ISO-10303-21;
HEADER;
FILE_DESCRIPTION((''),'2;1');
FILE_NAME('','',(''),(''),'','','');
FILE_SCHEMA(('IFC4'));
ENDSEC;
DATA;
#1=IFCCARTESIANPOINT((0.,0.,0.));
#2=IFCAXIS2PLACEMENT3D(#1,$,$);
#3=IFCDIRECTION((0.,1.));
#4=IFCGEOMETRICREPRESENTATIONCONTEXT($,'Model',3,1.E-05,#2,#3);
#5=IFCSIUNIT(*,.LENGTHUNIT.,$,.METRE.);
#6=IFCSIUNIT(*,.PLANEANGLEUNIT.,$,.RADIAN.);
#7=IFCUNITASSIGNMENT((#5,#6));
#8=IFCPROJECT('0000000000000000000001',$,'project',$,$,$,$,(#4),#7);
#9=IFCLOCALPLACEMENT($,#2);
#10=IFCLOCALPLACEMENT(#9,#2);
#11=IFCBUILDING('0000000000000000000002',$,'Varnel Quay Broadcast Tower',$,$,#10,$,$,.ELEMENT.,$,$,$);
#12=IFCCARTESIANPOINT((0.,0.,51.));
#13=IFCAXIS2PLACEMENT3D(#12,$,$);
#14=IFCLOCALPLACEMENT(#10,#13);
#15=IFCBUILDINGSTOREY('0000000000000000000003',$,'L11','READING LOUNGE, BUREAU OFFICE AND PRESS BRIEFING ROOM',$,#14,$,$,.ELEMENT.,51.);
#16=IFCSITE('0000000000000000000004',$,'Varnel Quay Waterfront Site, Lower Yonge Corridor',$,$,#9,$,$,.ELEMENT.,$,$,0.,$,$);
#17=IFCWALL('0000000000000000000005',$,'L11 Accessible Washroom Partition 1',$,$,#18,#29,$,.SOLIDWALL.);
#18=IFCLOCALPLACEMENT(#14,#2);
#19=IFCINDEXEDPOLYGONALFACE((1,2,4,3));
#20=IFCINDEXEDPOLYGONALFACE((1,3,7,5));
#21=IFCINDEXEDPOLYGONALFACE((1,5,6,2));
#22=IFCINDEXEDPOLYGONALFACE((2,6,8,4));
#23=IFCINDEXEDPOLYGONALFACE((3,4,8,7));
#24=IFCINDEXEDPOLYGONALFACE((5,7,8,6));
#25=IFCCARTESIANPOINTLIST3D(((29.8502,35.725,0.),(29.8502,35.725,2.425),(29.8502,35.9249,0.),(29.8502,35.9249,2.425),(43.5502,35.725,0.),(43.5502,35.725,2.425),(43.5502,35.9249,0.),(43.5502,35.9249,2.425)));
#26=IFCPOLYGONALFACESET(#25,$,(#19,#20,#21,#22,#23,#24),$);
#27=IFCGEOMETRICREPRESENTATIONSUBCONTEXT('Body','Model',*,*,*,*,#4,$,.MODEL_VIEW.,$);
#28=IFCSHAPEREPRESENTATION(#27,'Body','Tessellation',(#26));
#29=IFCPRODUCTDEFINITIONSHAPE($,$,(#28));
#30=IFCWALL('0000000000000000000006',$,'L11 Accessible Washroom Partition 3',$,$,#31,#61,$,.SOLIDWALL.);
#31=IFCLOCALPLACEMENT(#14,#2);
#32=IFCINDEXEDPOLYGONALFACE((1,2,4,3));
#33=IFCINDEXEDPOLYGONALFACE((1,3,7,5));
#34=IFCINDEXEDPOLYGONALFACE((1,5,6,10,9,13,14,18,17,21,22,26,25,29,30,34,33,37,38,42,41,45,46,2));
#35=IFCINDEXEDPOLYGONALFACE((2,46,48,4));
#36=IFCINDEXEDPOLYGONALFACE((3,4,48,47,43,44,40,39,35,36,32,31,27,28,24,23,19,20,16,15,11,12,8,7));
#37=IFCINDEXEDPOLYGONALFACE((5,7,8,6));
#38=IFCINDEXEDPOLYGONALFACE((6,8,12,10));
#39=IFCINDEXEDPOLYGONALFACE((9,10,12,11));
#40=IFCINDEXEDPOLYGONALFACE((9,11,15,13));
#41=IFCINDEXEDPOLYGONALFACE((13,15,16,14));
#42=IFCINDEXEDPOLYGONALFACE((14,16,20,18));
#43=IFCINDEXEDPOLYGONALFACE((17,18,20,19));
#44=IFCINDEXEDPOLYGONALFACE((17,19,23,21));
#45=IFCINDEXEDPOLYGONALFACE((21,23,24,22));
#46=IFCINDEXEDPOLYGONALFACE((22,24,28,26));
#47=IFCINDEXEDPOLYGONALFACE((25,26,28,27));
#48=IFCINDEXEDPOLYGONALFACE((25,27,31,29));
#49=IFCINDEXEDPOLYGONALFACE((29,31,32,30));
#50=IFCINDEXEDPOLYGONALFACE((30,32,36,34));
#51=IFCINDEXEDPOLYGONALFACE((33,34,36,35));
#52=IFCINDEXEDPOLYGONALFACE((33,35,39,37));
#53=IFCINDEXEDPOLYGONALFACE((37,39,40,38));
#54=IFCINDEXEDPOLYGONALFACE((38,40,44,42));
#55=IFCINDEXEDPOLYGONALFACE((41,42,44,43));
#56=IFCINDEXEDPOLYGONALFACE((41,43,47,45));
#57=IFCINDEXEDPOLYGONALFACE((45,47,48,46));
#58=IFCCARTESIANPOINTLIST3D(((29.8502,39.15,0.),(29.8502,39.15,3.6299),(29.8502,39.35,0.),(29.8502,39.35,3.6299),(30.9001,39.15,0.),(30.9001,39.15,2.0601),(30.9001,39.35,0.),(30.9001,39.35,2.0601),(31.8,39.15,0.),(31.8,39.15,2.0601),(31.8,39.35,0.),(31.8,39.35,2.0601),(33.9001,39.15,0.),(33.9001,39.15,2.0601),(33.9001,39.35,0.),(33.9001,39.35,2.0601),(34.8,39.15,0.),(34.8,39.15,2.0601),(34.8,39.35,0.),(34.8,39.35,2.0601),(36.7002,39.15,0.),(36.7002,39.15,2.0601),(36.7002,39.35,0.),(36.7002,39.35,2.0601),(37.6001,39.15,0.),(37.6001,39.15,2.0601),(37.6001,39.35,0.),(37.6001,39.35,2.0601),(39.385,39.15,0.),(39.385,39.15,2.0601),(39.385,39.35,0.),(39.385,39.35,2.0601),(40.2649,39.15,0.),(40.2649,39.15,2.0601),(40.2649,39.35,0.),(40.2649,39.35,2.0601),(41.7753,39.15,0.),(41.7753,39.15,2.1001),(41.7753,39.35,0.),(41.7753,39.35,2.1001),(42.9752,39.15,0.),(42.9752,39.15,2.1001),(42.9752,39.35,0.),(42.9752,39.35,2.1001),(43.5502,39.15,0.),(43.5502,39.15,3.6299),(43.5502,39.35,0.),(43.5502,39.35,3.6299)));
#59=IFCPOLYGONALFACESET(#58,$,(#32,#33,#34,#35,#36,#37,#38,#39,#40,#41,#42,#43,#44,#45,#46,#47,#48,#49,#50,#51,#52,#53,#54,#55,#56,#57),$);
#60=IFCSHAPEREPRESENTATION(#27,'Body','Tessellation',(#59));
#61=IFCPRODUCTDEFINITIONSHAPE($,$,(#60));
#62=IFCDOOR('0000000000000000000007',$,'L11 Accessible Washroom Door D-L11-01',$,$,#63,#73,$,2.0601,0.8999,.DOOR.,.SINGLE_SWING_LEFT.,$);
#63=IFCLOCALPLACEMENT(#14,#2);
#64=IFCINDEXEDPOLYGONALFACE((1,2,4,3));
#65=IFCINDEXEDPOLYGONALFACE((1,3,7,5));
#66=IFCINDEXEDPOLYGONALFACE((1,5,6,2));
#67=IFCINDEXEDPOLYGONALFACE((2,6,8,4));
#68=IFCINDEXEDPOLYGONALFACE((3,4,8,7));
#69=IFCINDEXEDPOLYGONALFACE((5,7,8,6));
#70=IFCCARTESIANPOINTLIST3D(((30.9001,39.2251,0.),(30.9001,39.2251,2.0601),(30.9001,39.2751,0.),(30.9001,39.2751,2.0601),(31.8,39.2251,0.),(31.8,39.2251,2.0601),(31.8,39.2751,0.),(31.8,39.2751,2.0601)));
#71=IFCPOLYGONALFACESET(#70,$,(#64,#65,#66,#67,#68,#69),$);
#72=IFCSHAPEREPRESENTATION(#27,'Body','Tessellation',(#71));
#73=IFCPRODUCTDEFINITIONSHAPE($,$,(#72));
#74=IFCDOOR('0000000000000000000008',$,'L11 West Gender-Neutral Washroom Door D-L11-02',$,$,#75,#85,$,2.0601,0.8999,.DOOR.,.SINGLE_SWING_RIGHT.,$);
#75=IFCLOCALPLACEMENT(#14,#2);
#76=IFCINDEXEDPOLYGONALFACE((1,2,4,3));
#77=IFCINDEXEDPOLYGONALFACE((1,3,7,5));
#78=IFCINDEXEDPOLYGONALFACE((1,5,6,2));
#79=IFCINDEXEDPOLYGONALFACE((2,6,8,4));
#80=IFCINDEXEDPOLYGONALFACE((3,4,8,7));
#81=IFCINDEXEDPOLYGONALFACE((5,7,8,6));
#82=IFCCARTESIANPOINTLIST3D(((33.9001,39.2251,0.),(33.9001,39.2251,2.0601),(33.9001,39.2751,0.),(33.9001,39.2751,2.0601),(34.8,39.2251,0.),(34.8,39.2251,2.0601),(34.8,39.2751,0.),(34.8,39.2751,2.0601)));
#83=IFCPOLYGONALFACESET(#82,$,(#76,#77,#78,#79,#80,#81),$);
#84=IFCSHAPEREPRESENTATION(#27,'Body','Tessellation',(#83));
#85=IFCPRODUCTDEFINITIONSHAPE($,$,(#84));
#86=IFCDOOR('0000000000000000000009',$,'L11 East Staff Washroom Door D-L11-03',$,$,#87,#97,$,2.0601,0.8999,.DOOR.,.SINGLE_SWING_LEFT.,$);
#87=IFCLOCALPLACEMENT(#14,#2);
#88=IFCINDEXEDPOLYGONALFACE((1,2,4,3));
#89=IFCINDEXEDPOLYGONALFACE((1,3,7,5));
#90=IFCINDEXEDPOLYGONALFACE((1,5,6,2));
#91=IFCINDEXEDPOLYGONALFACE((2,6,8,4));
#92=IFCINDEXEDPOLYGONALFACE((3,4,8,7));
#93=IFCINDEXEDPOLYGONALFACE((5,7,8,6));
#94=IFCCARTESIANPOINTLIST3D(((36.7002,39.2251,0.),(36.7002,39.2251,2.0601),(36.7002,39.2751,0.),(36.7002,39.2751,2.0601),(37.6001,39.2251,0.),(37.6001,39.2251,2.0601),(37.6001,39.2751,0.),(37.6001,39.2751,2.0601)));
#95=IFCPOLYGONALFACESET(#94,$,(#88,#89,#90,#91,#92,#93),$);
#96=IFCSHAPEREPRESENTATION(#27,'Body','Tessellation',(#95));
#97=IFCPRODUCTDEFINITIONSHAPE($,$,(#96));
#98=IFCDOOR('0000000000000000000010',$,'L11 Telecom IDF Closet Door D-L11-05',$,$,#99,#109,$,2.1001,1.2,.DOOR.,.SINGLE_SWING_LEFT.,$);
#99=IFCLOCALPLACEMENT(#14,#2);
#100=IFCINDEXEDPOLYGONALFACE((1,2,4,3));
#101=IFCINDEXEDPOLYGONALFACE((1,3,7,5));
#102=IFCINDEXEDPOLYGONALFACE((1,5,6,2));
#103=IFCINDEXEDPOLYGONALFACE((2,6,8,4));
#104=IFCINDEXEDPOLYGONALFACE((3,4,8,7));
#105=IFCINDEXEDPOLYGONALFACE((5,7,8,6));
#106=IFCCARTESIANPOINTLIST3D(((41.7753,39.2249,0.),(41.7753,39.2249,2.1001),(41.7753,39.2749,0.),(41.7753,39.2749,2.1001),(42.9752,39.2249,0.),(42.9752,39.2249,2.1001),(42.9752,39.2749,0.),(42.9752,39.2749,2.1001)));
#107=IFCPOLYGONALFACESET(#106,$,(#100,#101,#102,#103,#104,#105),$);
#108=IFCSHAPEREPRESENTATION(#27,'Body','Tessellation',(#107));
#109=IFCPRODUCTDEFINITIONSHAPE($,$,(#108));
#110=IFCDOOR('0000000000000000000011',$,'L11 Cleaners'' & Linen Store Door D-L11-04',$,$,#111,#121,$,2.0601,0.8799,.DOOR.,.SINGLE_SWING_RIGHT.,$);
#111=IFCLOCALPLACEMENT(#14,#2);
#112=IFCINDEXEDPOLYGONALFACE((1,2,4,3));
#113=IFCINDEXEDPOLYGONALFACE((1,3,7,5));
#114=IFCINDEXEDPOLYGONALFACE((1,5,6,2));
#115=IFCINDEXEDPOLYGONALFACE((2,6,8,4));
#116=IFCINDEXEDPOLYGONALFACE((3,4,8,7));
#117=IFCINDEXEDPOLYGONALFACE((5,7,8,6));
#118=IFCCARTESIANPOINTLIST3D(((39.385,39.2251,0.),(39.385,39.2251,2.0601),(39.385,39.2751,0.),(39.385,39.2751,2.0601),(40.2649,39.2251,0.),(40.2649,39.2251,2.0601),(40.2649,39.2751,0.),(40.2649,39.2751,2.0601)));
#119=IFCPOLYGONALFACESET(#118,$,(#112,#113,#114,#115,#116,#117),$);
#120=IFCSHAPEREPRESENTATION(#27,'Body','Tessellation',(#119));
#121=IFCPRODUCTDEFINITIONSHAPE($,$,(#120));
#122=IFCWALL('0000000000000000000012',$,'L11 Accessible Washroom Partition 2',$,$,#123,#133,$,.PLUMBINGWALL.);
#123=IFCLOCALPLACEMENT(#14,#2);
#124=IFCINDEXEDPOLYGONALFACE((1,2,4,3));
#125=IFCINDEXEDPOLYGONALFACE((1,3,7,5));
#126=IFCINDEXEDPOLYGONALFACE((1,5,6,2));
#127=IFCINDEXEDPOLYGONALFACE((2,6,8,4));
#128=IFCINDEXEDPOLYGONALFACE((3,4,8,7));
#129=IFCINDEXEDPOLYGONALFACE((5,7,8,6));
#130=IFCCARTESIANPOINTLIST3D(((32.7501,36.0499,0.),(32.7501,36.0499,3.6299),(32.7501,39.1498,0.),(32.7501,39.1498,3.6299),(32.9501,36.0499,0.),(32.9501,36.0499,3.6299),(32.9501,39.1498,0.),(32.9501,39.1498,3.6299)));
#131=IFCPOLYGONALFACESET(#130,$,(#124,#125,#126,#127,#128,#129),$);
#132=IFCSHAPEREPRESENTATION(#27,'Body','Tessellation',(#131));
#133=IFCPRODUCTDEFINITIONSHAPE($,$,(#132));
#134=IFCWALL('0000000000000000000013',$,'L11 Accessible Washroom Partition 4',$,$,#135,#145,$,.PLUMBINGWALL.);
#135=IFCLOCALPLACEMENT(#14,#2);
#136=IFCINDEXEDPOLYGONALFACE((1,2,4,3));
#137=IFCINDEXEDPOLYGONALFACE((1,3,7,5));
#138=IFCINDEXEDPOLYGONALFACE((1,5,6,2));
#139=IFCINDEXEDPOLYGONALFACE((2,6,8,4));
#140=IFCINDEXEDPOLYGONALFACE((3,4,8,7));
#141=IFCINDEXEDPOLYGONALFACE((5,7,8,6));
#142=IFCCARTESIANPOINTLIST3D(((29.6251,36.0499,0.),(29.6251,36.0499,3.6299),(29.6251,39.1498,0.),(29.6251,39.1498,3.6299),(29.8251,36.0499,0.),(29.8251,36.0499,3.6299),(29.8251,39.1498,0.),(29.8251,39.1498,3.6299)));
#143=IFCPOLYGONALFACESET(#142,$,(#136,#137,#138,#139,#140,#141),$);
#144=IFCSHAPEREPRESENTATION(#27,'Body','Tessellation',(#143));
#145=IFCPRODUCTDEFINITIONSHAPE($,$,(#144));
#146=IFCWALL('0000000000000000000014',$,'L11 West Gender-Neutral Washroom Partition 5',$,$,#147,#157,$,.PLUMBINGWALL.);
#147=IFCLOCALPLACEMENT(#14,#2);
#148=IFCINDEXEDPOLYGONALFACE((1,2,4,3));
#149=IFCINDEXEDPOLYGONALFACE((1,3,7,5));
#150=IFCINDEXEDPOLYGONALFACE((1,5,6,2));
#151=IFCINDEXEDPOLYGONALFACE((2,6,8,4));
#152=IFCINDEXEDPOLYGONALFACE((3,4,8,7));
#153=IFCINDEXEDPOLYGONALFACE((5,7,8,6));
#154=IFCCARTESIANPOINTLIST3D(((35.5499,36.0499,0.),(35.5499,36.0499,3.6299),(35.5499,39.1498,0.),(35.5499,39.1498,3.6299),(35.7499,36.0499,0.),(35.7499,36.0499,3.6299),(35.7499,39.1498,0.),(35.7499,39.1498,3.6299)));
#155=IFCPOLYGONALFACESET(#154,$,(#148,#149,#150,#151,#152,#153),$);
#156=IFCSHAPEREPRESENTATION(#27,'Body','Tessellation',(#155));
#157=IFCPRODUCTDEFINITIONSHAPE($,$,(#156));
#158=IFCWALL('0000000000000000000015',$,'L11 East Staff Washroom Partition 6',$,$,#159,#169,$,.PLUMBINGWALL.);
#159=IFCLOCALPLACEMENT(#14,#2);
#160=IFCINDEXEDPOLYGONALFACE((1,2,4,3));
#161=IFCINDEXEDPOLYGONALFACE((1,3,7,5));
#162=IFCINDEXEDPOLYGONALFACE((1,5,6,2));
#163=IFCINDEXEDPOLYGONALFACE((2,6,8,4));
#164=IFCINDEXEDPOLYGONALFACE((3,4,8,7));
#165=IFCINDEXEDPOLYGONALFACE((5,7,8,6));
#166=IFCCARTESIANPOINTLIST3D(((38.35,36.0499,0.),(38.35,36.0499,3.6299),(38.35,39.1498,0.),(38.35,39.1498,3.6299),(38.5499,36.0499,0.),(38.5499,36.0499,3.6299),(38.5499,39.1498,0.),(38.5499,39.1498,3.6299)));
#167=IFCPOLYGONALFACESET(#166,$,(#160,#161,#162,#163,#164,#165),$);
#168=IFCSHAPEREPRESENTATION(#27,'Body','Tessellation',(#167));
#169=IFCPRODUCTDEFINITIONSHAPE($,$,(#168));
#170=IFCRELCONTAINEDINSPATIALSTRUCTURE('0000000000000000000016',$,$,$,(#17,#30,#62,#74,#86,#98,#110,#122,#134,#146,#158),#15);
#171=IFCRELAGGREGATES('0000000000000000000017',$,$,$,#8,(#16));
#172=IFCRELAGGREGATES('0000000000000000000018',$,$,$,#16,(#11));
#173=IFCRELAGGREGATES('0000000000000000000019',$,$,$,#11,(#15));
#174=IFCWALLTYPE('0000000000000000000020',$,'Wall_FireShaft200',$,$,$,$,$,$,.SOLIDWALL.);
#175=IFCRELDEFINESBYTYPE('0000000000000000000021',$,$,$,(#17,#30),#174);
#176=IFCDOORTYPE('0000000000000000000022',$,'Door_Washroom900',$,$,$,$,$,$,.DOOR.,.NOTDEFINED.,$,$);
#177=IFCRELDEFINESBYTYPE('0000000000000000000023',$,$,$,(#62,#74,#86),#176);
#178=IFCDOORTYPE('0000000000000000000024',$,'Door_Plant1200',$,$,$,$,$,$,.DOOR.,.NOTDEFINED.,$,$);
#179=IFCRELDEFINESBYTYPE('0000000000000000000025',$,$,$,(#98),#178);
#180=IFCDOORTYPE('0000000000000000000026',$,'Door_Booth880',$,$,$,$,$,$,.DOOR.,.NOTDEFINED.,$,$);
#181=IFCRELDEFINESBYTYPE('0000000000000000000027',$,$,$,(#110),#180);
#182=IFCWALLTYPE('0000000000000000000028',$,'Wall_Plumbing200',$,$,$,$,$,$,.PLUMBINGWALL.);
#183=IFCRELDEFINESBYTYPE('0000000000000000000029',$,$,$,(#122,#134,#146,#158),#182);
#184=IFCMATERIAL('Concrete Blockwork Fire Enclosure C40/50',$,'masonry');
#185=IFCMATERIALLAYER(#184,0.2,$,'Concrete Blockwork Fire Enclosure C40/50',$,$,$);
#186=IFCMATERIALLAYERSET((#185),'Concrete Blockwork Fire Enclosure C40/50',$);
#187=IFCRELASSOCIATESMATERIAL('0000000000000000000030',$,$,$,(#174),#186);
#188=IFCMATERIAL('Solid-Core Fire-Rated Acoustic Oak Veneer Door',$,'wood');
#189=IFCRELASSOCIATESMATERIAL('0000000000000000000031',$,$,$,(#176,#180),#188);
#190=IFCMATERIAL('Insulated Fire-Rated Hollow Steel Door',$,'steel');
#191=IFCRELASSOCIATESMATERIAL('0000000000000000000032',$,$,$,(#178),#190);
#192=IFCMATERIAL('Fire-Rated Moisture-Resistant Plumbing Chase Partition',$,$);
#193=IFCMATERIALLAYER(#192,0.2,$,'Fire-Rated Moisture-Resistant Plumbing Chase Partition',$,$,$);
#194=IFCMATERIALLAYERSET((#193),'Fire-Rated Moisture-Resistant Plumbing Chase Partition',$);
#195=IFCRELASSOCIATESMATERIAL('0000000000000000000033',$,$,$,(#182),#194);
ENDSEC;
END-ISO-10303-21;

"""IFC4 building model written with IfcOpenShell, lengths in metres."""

from ifc_helpers import new_model, si_unit, direction, frame, frame_2d, origin, place, context, subcontext, project, spatial, rectangle, extrude, source, transform, mapped, material, layer, layer_set, type_object, type_shapes, element, fill, save


model = new_model("IFC4")

# Units and contexts
model_context = context("Model", 3, precision=1e-05, world=origin(), true_north=direction((0.0, 1.0)))
body_context = subcontext(model_context, "Body", "Model", "MODEL_VIEW")
ifc_project = project(units=[si_unit("LENGTHUNIT", "METRE"), si_unit("PLANEANGLEUNIT", "RADIAN")], contexts=[model_context])

# Site, building, storey
site_placement = place(None, origin())
site = spatial("IfcSite", under=ifc_project, at=site_placement, Name="Varnel Quay Waterfront Site, Lower Yonge Corridor", CompositionType="ELEMENT", RefElevation=0.0)
building_placement = place(site_placement, origin())
building = spatial("IfcBuilding", under=site, at=building_placement, Name="Varnel Quay Broadcast Tower", CompositionType="ELEMENT")
storey_placement = place(building_placement, frame((0.0, 0.0, 51.0)))
storey = spatial("IfcBuildingStorey", under=building, at=storey_placement, Name="L11", Description="READING LOUNGE, BUREAU OFFICE AND PRESS BRIEFING ROOM", CompositionType="ELEMENT", Elevation=51.0)

# Wall
ifc_material_1 = material(Name="Concrete Blockwork Fire Enclosure C40/50", Category="masonry")
ifc_layer_1 = layer(ifc_material_1, 0.2, Name="Concrete Blockwork Fire Enclosure C40/50")
ifc_layer_set_1 = layer_set([ifc_layer_1], Name="Concrete Blockwork Fire Enclosure C40/50")
wall_type_1 = type_object("IfcWallType", Name="Wall_FireShaft200", PredefinedType="SOLIDWALL", material=ifc_layer_set_1)
wall_1_placement = place(storey_placement, frame((29.8501, 35.825, 0.0), z_axis=(0.0, 0.0, 1.0), x_axis=(1.0, 0.0, 0.0)))
element("IfcWall", 1, at=wall_1_placement, inside=storey, type_object=wall_type_1, Name="L11 Accessible Washroom Partition 1", PredefinedType="SOLIDWALL", context=body_context, shape_type="SweptSolid", body=[
    extrude(rectangle(XDim=13.7, YDim=0.2, at=frame_2d((6.8501, 0.0))), origin(), (0.0, 0.0, 1.0), 2.425),
])

# Wall, openings, doors
wall_2_placement = place(storey_placement, frame((29.8501, 39.25, 0.0), z_axis=(0.0, 0.0, 1.0), x_axis=(1.0, 0.0, 0.0)))
wall_2 = element("IfcWall", 2, at=wall_2_placement, inside=storey, type_object=wall_type_1, Name="L11 Accessible Washroom Partition 3", PredefinedType="SOLIDWALL", context=body_context, shape_type="SweptSolid", body=[
    extrude(rectangle(XDim=13.7, YDim=0.2, at=frame_2d((6.8501, 0.0))), origin(), (0.0, 0.0, 1.0), 3.6299),
])
opening_1_placement = place(wall_2_placement, frame((1.05, 0.0, 0.0)))
opening_1 = element("IfcOpeningElement", 3, at=opening_1_placement, cuts=wall_2, PredefinedType="OPENING", context=body_context, shape_type="SweptSolid", body=[
    extrude(rectangle(XDim=0.8999, YDim=2.0601, at=frame_2d((0.45, 1.03))), frame((0.0, 0.1099, 0.0), z_axis=(0.0, -1.0, 0.0), x_axis=(1.0, 0.0, 0.0)), (0.0, 0.0, 1.0), 0.22),
])
opening_2_placement = place(wall_2_placement, frame((4.05, 0.0, 0.0)))
opening_2 = element("IfcOpeningElement", 4, at=opening_2_placement, cuts=wall_2, PredefinedType="OPENING", context=body_context, shape_type="SweptSolid", body=[
    extrude(rectangle(XDim=0.8999, YDim=2.0601, at=frame_2d((0.45, 1.03))), frame((0.0, 0.1099, 0.0), z_axis=(0.0, -1.0, 0.0), x_axis=(1.0, 0.0, 0.0)), (0.0, 0.0, 1.0), 0.22),
])
opening_3_placement = place(wall_2_placement, frame((6.8501, 0.0, 0.0)))
opening_3 = element("IfcOpeningElement", 5, at=opening_3_placement, cuts=wall_2, PredefinedType="OPENING", context=body_context, shape_type="SweptSolid", body=[
    extrude(rectangle(XDim=0.8999, YDim=2.0601, at=frame_2d((0.45, 1.03))), frame((0.0, 0.1099, 0.0), z_axis=(0.0, -1.0, 0.0), x_axis=(1.0, 0.0, 0.0)), (0.0, 0.0, 1.0), 0.22),
])
opening_4_placement = place(wall_2_placement, frame((9.5349, 0.0, 0.0)))
opening_4 = element("IfcOpeningElement", 6, at=opening_4_placement, cuts=wall_2, PredefinedType="OPENING", context=body_context, shape_type="SweptSolid", body=[
    extrude(rectangle(XDim=0.8799, YDim=2.0601, at=frame_2d((0.4399, 1.03))), frame((0.0, 0.1099, 0.0), z_axis=(0.0, -1.0, 0.0), x_axis=(1.0, 0.0, 0.0)), (0.0, 0.0, 1.0), 0.22),
])
opening_5_placement = place(wall_2_placement, frame((11.925, 0.0, 0.0)))
opening_5 = element("IfcOpeningElement", 7, at=opening_5_placement, cuts=wall_2, PredefinedType="OPENING", context=body_context, shape_type="SweptSolid", body=[
    extrude(rectangle(XDim=1.2, YDim=2.1001, at=frame_2d((0.6001, 1.05))), frame((0.0, 0.1099, 0.0), z_axis=(0.0, -1.0, 0.0), x_axis=(1.0, 0.0, 0.0)), (0.0, 0.0, 1.0), 0.22),
])
ifc_material_2 = material(Name="Solid-Core Fire-Rated Acoustic Oak Veneer Door", Category="wood")
door_type_1 = type_object("IfcDoorType", Name="Door_Washroom900", OperationType="NOTDEFINED", PredefinedType="DOOR", material=ifc_material_2)
shared_shape_1 = source(origin(), body_context, "Body", "SweptSolid", [
    extrude(rectangle(XDim=0.8999, YDim=2.0601, at=frame_2d((0.45, 1.03))), frame((0.0, 0.0249, 0.0), z_axis=(0.0, -1.0, 0.0), x_axis=(1.0, 0.0, 0.0)), (0.0, 0.0, 1.0), 0.05),
])
type_shapes(door_type_1, [shared_shape_1])
door_1_placement = place(opening_1_placement, frame((0.8999, 0.0, 0.0), z_axis=(0.0, 0.0, 1.0), x_axis=(-1.0, 0.0, 0.0)))
door_1 = element("IfcDoor", 8, at=door_1_placement, inside=storey, type_object=door_type_1, Name="L11 Accessible Washroom Door D-L11-01", OperationType="SINGLE_SWING_LEFT", OverallHeight=2.0601, OverallWidth=0.8999, PredefinedType="DOOR", context=body_context, shape_type="MappedRepresentation", body=[
    mapped(shared_shape_1, transform((0.0, 0.0, 0.0), x_axis=(1.0, 0.0, 0.0), y_axis=(0.0, 1.0, 0.0), z_axis=(0.0, 0.0, 1.0), scale=1.0)),
])
fill(opening_1, door_1)
door_2_placement = place(opening_2_placement, frame((0.8999, 0.0, 0.0), z_axis=(0.0, 0.0, 1.0), x_axis=(-1.0, 0.0, 0.0)))
door_2 = element("IfcDoor", 9, at=door_2_placement, inside=storey, type_object=door_type_1, Name="L11 West Gender-Neutral Washroom Door D-L11-02", OperationType="SINGLE_SWING_RIGHT", OverallHeight=2.0601, OverallWidth=0.8999, PredefinedType="DOOR", context=body_context, shape_type="MappedRepresentation", body=[
    mapped(shared_shape_1, transform((0.0, 0.0, 0.0), x_axis=(1.0, 0.0, 0.0), y_axis=(0.0, 1.0, 0.0), z_axis=(0.0, 0.0, 1.0), scale=1.0)),
])
fill(opening_2, door_2)
door_3_placement = place(opening_3_placement, frame((0.8999, 0.0, 0.0), z_axis=(0.0, 0.0, 1.0), x_axis=(-1.0, 0.0, 0.0)))
door_3 = element("IfcDoor", 10, at=door_3_placement, inside=storey, type_object=door_type_1, Name="L11 East Staff Washroom Door D-L11-03", OperationType="SINGLE_SWING_LEFT", OverallHeight=2.0601, OverallWidth=0.8999, PredefinedType="DOOR", context=body_context, shape_type="MappedRepresentation", body=[
    mapped(shared_shape_1, transform((0.0, 0.0, 0.0), x_axis=(1.0, 0.0, 0.0), y_axis=(0.0, 1.0, 0.0), z_axis=(0.0, 0.0, 1.0), scale=1.0)),
])
fill(opening_3, door_3)
ifc_material_3 = material(Name="Insulated Fire-Rated Hollow Steel Door", Category="steel")
door_type_2 = type_object("IfcDoorType", Name="Door_Plant1200", OperationType="NOTDEFINED", PredefinedType="DOOR", material=ifc_material_3)
shared_shape_2 = source(origin(), body_context, "Body", "SweptSolid", [
    extrude(rectangle(XDim=1.2, YDim=2.1001, at=frame_2d((0.6001, 1.05))), frame((0.0, 0.0249, 0.0), z_axis=(0.0, -1.0, 0.0), x_axis=(1.0, 0.0, 0.0)), (0.0, 0.0, 1.0), 0.05),
])
type_shapes(door_type_2, [shared_shape_2])
door_4_placement = place(opening_5_placement, origin())
door_4 = element("IfcDoor", 11, at=door_4_placement, inside=storey, type_object=door_type_2, Name="L11 Telecom IDF Closet Door D-L11-05", OperationType="SINGLE_SWING_LEFT", OverallHeight=2.1001, OverallWidth=1.2, PredefinedType="DOOR", context=body_context, shape_type="MappedRepresentation", body=[
    mapped(shared_shape_2, transform((0.0, 0.0, 0.0), x_axis=(1.0, 0.0, 0.0), y_axis=(0.0, 1.0, 0.0), z_axis=(0.0, 0.0, 1.0), scale=1.0)),
])
fill(opening_5, door_4)
door_type_3 = type_object("IfcDoorType", Name="Door_Booth880", OperationType="NOTDEFINED", PredefinedType="DOOR", material=ifc_material_2)
shared_shape_3 = source(origin(), body_context, "Body", "SweptSolid", [
    extrude(rectangle(XDim=0.8799, YDim=2.0601, at=frame_2d((0.4399, 1.03))), frame((0.0, 0.0249, 0.0), z_axis=(0.0, -1.0, 0.0), x_axis=(1.0, 0.0, 0.0)), (0.0, 0.0, 1.0), 0.05),
])
type_shapes(door_type_3, [shared_shape_3])
door_5_placement = place(opening_4_placement, frame((0.8799, 0.0, 0.0), z_axis=(0.0, 0.0, 1.0), x_axis=(-1.0, 0.0, 0.0)))
door_5 = element("IfcDoor", 12, at=door_5_placement, inside=storey, type_object=door_type_3, Name="L11 Cleaners' & Linen Store Door D-L11-04", OperationType="SINGLE_SWING_RIGHT", OverallHeight=2.0601, OverallWidth=0.8799, PredefinedType="DOOR", context=body_context, shape_type="MappedRepresentation", body=[
    mapped(shared_shape_3, transform((0.0, 0.0, 0.0), x_axis=(1.0, 0.0, 0.0), y_axis=(0.0, 1.0, 0.0), z_axis=(0.0, 0.0, 1.0), scale=1.0)),
])
fill(opening_4, door_5)

# Walls
ifc_material_4 = material(Name="Fire-Rated Moisture-Resistant Plumbing Chase Partition")
ifc_layer_2 = layer(ifc_material_4, 0.2, Name="Fire-Rated Moisture-Resistant Plumbing Chase Partition")
ifc_layer_set_2 = layer_set([ifc_layer_2], Name="Fire-Rated Moisture-Resistant Plumbing Chase Partition")
wall_type_2 = type_object("IfcWallType", Name="Wall_Plumbing200", PredefinedType="PLUMBINGWALL", material=ifc_layer_set_2)
for number, where, z_axis, x_axis, name in (
    (13, (32.8501, 36.05, 0.0), (0.0, 0.0, 1.0), (0.0, 1.0, 0.0), "L11 Accessible Washroom Partition 2"),
    (14, (29.7251, 36.05, 0.0), (0.0, 0.0, 1.0), (0.0, 1.0, 0.0), "L11 Accessible Washroom Partition 4"),
    (15, (35.6499, 36.05, 0.0), (0.0, 0.0, 1.0), (0.0, 1.0, 0.0), "L11 West Gender-Neutral Washroom Partition 5"),
    (16, (38.45, 36.05, 0.0), (0.0, 0.0, 1.0), (0.0, 1.0, 0.0), "L11 East Staff Washroom Partition 6"),
):
    element("IfcWall", number, at=place(storey_placement, frame(where, z_axis=z_axis, x_axis=x_axis)), inside=storey, type_object=wall_type_2, Name=name, PredefinedType="PLUMBINGWALL", context=body_context, shape_type="SweptSolid", body=[
        extrude(rectangle(XDim=3.0999, YDim=0.2, at=frame_2d((1.5498, 0.0))), origin(), (0.0, 0.0, 1.0), 3.6299),
    ])

save(model, "model.ifc")
